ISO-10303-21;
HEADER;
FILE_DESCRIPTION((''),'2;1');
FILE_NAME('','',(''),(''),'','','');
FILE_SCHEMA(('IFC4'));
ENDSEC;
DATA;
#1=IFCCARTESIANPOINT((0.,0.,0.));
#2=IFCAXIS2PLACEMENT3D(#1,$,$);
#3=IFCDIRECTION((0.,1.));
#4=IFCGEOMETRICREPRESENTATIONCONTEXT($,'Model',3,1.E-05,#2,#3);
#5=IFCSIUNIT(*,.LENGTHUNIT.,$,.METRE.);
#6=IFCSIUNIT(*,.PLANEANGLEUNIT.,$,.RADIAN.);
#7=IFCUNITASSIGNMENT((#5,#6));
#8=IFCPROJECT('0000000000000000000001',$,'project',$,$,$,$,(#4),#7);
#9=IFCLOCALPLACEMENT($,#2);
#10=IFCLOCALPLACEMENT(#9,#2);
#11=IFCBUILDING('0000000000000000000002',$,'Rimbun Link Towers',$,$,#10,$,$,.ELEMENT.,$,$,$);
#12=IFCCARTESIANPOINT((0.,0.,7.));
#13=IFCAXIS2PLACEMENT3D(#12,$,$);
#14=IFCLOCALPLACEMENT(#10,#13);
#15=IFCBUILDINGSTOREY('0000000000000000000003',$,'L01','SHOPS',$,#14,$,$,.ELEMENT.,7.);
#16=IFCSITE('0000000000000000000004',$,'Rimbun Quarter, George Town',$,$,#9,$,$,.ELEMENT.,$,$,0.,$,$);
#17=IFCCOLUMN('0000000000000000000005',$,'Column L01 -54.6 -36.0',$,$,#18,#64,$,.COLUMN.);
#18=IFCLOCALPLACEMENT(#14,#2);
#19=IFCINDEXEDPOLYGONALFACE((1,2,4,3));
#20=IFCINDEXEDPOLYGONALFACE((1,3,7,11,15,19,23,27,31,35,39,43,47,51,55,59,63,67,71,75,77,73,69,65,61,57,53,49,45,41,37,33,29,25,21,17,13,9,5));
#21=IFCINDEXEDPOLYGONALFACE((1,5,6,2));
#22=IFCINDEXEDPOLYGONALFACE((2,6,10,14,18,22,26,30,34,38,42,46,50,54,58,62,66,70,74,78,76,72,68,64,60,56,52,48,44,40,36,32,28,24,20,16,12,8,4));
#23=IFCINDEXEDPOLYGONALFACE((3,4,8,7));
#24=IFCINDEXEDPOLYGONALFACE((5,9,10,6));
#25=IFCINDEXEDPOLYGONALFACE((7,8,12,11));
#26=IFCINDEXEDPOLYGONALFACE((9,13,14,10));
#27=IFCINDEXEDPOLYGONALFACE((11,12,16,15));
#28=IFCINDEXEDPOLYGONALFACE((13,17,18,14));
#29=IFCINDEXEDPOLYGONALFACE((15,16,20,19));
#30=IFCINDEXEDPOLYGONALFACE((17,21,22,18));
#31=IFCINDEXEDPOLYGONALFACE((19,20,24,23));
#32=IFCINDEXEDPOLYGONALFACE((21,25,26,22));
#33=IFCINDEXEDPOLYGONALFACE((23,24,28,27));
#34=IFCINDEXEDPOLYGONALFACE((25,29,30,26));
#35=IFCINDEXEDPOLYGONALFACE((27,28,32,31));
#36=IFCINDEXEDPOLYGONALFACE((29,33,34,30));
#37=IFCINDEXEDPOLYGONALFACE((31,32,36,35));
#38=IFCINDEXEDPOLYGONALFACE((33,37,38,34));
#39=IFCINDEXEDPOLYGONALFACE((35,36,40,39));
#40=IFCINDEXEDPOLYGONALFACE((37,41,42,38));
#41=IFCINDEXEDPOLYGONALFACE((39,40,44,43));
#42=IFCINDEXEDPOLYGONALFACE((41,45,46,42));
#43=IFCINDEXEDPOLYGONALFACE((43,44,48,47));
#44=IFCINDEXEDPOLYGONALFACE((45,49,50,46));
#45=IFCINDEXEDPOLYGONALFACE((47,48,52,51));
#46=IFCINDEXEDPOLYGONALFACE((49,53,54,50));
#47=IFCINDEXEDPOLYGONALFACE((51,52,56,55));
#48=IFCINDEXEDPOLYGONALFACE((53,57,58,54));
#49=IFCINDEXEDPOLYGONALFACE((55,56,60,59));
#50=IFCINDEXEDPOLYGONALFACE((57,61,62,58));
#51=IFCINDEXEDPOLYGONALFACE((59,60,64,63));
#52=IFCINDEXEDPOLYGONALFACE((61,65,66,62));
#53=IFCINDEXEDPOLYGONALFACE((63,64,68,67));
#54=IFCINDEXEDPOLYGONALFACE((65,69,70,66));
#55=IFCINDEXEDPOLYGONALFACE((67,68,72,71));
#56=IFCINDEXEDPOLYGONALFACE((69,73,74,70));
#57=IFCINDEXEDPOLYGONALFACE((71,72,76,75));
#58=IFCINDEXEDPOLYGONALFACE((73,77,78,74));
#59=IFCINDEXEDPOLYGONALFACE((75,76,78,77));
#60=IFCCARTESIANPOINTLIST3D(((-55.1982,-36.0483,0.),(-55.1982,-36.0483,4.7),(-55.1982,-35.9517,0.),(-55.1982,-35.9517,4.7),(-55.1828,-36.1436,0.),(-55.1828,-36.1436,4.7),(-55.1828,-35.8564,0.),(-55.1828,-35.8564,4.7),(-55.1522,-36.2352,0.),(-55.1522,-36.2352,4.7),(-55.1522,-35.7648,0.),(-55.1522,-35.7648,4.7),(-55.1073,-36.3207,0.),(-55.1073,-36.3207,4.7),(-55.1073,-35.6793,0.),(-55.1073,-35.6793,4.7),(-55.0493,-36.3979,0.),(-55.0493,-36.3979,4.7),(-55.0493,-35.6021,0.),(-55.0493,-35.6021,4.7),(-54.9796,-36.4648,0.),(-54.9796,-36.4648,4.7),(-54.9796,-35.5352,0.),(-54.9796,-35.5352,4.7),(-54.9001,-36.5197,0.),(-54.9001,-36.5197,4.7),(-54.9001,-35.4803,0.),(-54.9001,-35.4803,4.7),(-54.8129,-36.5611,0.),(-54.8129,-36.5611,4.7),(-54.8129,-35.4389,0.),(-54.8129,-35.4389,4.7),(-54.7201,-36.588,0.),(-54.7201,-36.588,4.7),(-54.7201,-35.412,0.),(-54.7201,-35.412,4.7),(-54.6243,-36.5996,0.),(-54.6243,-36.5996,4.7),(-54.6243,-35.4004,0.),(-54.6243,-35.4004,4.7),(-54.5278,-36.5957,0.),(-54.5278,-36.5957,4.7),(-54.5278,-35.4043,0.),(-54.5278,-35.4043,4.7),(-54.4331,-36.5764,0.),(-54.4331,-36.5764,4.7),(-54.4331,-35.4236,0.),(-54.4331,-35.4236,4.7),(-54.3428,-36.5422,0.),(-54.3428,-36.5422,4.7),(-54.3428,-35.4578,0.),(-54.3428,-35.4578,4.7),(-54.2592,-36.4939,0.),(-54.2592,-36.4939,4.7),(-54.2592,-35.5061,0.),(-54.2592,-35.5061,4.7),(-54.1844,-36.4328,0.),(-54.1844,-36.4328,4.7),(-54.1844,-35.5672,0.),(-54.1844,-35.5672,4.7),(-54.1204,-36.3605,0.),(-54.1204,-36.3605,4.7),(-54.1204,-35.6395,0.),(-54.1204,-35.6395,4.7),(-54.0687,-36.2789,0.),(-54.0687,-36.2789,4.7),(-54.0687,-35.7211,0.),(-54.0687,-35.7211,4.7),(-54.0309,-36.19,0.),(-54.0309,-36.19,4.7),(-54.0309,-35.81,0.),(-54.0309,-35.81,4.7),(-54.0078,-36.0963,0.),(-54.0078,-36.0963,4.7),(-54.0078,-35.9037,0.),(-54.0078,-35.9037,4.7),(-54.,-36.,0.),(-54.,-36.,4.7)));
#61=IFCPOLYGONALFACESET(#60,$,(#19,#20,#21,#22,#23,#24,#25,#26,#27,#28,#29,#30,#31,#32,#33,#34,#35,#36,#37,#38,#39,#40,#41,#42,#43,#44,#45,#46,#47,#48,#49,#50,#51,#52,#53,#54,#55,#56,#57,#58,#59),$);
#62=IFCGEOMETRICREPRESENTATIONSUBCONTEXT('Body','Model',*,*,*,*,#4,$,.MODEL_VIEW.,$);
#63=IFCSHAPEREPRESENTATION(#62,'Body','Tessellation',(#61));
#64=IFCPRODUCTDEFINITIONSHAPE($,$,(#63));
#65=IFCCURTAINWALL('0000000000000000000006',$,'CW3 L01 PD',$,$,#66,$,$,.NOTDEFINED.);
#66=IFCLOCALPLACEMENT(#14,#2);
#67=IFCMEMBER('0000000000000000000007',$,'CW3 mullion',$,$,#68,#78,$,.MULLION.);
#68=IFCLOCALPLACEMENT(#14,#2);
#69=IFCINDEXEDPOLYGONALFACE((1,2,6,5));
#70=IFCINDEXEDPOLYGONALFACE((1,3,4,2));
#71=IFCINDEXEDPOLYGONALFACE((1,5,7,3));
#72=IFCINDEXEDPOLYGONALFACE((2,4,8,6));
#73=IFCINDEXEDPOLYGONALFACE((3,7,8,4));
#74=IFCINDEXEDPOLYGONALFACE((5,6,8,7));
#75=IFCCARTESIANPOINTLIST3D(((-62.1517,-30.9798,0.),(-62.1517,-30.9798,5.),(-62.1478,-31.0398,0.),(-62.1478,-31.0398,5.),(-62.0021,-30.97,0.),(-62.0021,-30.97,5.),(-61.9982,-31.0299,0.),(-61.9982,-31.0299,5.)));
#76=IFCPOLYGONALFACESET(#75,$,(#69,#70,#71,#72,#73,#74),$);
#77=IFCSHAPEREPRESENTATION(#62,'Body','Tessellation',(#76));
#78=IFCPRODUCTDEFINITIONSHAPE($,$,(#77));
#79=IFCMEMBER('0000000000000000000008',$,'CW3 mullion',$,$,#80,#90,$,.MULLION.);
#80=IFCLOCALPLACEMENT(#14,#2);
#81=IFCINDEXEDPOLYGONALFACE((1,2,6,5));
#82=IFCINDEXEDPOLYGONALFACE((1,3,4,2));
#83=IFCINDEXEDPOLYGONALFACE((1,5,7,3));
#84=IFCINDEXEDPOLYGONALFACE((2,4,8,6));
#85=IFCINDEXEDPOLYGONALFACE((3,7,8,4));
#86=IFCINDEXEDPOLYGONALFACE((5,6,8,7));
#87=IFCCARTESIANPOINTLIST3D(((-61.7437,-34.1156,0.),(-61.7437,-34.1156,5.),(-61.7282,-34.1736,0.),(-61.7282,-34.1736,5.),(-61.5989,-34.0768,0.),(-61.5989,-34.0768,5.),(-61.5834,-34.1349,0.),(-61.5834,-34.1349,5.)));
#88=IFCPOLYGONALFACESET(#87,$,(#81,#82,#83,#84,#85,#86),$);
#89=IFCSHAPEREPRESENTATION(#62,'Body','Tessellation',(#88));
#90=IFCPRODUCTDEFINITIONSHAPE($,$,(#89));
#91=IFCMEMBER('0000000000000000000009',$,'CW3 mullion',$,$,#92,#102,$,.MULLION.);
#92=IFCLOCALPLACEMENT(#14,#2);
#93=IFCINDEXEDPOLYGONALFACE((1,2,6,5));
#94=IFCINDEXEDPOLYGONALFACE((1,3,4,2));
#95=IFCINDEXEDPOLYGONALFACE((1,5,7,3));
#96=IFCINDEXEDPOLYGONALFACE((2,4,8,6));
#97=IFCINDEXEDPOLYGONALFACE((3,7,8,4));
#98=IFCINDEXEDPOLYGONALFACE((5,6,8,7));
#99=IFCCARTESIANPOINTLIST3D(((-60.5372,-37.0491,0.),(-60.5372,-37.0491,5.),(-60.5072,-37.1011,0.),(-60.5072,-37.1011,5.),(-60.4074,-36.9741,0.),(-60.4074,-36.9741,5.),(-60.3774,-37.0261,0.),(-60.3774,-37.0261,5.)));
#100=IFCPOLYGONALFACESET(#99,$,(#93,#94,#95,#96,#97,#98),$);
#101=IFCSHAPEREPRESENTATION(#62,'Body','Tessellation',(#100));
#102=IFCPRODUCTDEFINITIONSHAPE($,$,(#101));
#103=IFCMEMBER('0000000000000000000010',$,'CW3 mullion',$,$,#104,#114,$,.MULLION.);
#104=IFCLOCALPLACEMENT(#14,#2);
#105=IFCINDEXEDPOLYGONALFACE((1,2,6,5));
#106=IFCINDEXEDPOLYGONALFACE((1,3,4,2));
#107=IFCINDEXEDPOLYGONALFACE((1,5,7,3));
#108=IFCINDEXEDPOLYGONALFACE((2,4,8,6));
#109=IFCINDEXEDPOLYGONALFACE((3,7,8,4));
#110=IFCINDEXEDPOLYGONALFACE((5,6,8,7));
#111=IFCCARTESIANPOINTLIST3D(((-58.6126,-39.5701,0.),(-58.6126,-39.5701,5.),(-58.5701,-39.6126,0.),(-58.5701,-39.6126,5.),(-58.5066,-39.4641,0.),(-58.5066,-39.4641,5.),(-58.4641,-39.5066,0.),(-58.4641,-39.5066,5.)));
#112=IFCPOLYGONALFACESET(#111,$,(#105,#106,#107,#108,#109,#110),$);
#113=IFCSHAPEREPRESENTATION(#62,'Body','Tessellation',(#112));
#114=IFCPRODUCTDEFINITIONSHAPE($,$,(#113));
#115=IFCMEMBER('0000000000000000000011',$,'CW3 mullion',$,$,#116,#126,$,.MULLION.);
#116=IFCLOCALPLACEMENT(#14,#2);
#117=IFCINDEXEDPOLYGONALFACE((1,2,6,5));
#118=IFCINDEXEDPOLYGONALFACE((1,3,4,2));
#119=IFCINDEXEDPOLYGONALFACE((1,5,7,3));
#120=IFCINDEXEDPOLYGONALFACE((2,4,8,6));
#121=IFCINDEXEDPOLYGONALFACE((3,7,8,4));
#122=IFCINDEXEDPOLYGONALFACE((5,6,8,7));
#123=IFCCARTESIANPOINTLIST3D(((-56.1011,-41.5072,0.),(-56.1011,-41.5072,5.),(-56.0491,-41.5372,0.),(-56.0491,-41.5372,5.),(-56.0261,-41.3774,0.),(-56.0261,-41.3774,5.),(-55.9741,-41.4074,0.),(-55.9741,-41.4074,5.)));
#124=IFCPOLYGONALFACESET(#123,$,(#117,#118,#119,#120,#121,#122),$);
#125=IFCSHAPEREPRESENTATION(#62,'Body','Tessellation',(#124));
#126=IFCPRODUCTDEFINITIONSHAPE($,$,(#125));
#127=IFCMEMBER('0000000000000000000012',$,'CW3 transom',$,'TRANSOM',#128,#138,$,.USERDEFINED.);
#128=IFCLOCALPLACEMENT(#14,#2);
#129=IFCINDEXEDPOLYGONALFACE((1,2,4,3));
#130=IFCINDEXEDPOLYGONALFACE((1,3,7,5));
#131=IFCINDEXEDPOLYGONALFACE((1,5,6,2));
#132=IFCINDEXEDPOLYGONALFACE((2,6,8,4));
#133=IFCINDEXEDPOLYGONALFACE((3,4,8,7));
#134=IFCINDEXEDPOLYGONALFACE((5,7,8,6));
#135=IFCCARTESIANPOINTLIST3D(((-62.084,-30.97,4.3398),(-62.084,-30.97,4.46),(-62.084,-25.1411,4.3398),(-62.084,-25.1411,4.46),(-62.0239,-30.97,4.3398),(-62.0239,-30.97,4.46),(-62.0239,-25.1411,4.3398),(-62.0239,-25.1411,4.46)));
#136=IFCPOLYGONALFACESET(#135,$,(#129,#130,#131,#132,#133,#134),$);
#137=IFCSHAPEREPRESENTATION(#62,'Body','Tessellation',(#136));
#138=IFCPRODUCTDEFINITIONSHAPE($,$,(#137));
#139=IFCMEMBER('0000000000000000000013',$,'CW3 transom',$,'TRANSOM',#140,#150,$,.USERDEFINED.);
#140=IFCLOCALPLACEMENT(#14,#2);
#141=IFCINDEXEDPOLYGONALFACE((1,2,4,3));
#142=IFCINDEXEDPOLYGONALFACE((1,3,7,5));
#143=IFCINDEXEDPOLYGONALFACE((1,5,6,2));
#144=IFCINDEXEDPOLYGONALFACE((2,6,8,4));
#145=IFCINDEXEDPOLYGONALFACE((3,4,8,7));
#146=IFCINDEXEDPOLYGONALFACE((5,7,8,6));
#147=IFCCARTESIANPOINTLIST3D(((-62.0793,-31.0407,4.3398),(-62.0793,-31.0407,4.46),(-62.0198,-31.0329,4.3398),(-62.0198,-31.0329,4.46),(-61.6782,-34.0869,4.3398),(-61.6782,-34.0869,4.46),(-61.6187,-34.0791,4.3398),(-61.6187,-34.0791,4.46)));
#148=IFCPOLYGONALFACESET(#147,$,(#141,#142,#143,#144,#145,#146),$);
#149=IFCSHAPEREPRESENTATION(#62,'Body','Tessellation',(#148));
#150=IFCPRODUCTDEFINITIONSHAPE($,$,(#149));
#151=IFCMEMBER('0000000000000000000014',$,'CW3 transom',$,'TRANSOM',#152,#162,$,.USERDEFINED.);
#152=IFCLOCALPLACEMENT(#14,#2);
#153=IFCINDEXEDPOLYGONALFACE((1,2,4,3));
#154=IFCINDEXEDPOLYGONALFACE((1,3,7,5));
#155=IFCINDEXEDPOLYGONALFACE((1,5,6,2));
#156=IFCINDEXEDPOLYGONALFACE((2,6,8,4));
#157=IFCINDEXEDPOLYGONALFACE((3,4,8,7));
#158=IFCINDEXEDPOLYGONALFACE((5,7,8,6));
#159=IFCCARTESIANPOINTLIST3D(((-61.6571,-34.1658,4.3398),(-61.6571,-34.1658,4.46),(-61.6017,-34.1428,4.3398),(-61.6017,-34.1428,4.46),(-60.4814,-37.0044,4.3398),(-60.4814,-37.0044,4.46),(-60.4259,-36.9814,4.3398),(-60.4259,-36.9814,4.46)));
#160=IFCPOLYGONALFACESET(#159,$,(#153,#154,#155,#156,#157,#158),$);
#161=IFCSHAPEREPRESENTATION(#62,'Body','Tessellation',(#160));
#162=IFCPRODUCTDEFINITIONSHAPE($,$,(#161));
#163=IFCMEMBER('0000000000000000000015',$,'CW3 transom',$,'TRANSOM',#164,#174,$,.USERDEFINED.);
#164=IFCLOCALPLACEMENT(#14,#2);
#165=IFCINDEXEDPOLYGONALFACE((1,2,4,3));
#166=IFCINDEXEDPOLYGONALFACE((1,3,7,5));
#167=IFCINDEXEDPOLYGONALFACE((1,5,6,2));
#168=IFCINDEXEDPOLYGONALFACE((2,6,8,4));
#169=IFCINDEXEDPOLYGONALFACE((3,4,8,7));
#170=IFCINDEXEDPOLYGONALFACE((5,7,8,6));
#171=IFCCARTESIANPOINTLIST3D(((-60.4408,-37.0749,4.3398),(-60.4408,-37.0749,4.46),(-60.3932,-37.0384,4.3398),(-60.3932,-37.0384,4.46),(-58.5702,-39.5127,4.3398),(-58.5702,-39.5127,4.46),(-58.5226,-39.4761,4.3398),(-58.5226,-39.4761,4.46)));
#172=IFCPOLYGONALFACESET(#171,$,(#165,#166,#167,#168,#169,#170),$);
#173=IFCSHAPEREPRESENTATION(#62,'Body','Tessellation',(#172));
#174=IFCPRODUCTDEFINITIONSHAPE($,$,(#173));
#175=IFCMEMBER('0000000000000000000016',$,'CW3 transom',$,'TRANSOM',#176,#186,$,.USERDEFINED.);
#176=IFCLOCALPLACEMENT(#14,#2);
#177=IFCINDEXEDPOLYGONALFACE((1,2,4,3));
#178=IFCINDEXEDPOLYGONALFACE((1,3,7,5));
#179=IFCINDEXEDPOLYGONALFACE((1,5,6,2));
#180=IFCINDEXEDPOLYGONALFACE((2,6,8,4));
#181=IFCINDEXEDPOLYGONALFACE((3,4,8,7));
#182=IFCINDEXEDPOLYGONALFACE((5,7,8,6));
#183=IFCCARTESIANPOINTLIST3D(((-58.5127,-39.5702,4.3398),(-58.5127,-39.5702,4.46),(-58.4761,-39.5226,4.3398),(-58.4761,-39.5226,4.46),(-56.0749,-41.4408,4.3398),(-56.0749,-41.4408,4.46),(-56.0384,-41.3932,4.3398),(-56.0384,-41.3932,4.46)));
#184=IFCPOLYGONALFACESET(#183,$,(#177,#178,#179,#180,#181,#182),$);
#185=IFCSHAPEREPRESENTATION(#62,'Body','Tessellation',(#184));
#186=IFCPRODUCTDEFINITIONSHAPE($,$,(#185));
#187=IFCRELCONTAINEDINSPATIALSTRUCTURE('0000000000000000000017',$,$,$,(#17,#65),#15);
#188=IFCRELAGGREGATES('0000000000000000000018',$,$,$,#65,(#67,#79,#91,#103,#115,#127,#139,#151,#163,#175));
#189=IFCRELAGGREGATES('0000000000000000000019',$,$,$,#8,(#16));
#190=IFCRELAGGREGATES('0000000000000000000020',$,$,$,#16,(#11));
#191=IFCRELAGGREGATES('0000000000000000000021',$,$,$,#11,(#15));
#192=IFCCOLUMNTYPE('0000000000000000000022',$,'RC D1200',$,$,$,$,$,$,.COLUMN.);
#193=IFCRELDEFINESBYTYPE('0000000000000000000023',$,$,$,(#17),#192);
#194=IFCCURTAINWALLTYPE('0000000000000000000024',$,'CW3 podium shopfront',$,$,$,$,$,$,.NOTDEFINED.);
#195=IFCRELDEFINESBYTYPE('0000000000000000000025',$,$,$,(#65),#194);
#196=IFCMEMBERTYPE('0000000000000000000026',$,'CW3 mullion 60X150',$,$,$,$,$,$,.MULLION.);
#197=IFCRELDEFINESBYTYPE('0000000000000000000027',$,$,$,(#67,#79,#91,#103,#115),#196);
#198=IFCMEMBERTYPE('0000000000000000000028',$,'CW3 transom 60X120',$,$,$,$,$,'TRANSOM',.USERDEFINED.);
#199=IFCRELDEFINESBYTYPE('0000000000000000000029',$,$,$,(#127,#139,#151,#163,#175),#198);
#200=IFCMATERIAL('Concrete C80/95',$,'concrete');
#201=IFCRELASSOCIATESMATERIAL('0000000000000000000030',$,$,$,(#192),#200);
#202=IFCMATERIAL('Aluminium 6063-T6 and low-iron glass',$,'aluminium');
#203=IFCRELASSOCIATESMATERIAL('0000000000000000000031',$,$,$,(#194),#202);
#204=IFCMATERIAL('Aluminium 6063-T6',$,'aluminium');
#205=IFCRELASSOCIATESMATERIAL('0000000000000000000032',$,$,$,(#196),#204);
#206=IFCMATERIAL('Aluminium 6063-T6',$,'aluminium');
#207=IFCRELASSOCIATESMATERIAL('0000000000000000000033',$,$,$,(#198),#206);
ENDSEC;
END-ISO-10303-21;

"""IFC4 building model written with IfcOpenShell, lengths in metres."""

from ifc_helpers import new_model, si_unit, direction, frame, origin, origin_2d, place, context, subcontext, project, spatial, rectangle, circle, extrude, material, material_profile, profile_set, type_object, element, aggregate, save


model = new_model("IFC4")

# Units and contexts
model_context = context("Model", 3, precision=1e-05, world=origin(), true_north=direction((0.0, 1.0)))
body_context = subcontext(model_context, "Body", "Model", "MODEL_VIEW")
ifc_project = project(units=[si_unit("LENGTHUNIT", "METRE"), si_unit("PLANEANGLEUNIT", "RADIAN")], contexts=[model_context])

# Site, building, storey
site_placement = place(None, origin())
site = spatial("IfcSite", under=ifc_project, at=site_placement, Name="Rimbun Quarter, George Town", CompositionType="ELEMENT", RefElevation=0.0)
building_placement = place(site_placement, origin())
building = spatial("IfcBuilding", under=site, at=building_placement, Name="Rimbun Link Towers", CompositionType="ELEMENT")
storey_placement = place(building_placement, frame((0.0, 0.0, 7.0)))
storey = spatial("IfcBuildingStorey", under=building, at=storey_placement, Name="L01", Description="SHOPS", CompositionType="ELEMENT", Elevation=7.0)

# Column
ifc_material_1 = material(Name="Concrete C80/95", Category="concrete")
ifc_material_profile_1 = material_profile(ifc_material_1, circle(Radius=0.6001, at=origin_2d()), Name="RC D1200")
ifc_profile_set_1 = profile_set([ifc_material_profile_1], Name="Concrete C80/95")
column_type = type_object("IfcColumnType", Name="RC D1200", PredefinedType="COLUMN", material=ifc_profile_set_1)
column_placement = place(storey_placement, frame((-54.6001, -36.0, 0.0), z_axis=(0.0, 0.0, 1.0), x_axis=(1.0, 0.0, 0.0)))
element("IfcColumn", 1, at=column_placement, inside=storey, type_object=column_type, Name="Column L01 -54.6 -36.0", PredefinedType="COLUMN", context=body_context, shape_type="SweptSolid", body=[
    extrude(circle(Radius=0.6001, at=origin_2d()), origin(), (0.0, 0.0, 1.0), 4.7),
])

# Curtain wall, members
ifc_material_2 = material(Name="Aluminium 6063-T6 and low-iron glass", Category="aluminium")
curtain_wall_type = type_object("IfcCurtainWallType", Name="CW3 podium shopfront", PredefinedType="NOTDEFINED", material=ifc_material_2)
curtain_wall_placement = place(storey_placement, origin())
curtain_wall = element("IfcCurtainWall", 2, at=curtain_wall_placement, inside=storey, type_object=curtain_wall_type, Name="CW3 L01 PD", PredefinedType="NOTDEFINED")
ifc_material_3 = material(Name="Aluminium 6063-T6", Category="aluminium")
ifc_material_profile_2 = material_profile(ifc_material_3, rectangle(XDim=0.1499, YDim=0.0601, at=origin_2d()), Name="MULLION 60X150")
ifc_profile_set_2 = profile_set([ifc_material_profile_2], Name="Aluminium 6063-T6")
member_type_1 = type_object("IfcMemberType", Name="CW3 mullion 60X150", PredefinedType="MULLION", material=ifc_profile_set_2)
member_1_placement = place(storey_placement, frame((-62.075, -31.0049, 0.0), z_axis=(0.0, 0.0, 1.0), x_axis=(-0.997859, -0.065405, 0.0)))
member_1 = element("IfcMember", 3, at=member_1_placement, type_object=member_type_1, Name="CW3 mullion", PredefinedType="MULLION", context=body_context, shape_type="SweptSolid", body=[
    extrude(rectangle(XDim=0.1499, YDim=0.0601, at=origin_2d()), origin(), (0.0, 0.0, 1.0), 5.0),
])
member_2_placement = place(storey_placement, frame((-61.6636, -34.1252, 0.0), z_axis=(0.0, 0.0, 1.0), x_axis=(-0.965926, -0.258819, 0.0)))
member_2 = element("IfcMember", 4, at=member_2_placement, type_object=member_type_1, Name="CW3 mullion", PredefinedType="MULLION", context=body_context, shape_type="SweptSolid", body=[
    extrude(rectangle(XDim=0.1499, YDim=0.0601, at=origin_2d()), origin(), (0.0, 0.0, 1.0), 5.0),
])
member_3_placement = place(storey_placement, frame((-60.4573, -37.0376, 0.0), z_axis=(0.0, 0.0, 1.0), x_axis=(-0.866029, -0.499994, 0.0)))
member_3 = element("IfcMember", 5, at=member_3_placement, type_object=member_type_1, Name="CW3 mullion", PredefinedType="MULLION", context=body_context, shape_type="SweptSolid", body=[
    extrude(rectangle(XDim=0.1499, YDim=0.0601, at=origin_2d()), origin(), (0.0, 0.0, 1.0), 5.0),
])
member_4_placement = place(storey_placement, frame((-58.5383, -39.5383, 0.0), z_axis=(0.0, 0.0, 1.0), x_axis=(-0.707107, -0.707107, 0.0)))
member_4 = element("IfcMember", 6, at=member_4_placement, type_object=member_type_1, Name="CW3 mullion", PredefinedType="MULLION", context=body_context, shape_type="SweptSolid", body=[
    extrude(rectangle(XDim=0.1499, YDim=0.0601, at=origin_2d()), origin(), (0.0, 0.0, 1.0), 5.0),
])
member_5_placement = place(storey_placement, frame((-56.0376, -41.4573, 0.0), z_axis=(0.0, 0.0, 1.0), x_axis=(-0.499994, -0.866029, 0.0)))
member_5 = element("IfcMember", 7, at=member_5_placement, type_object=member_type_1, Name="CW3 mullion", PredefinedType="MULLION", context=body_context, shape_type="SweptSolid", body=[
    extrude(rectangle(XDim=0.1499, YDim=0.0601, at=origin_2d()), origin(), (0.0, 0.0, 1.0), 5.0),
])
ifc_material_4 = material(Name="Aluminium 6063-T6", Category="aluminium")
ifc_material_profile_3 = material_profile(ifc_material_4, rectangle(XDim=0.0601, YDim=0.1201, at=origin_2d()), Name="TRANSOM 60X120")
ifc_profile_set_3 = profile_set([ifc_material_profile_3], Name="Aluminium 6063-T6")
member_type_2 = type_object("IfcMemberType", Name="CW3 transom 60X120", ElementType="TRANSOM", PredefinedType="USERDEFINED", material=ifc_profile_set_3)
member_6_placement = place(storey_placement, frame((-62.054, -30.97, 4.3999), z_axis=(0.0, 1.0, 0.0), x_axis=(-1.0, 0.0, 0.0)))
member_6 = element("IfcMember", 8, at=member_6_placement, type_object=member_type_2, Name="CW3 transom", ObjectType="TRANSOM", PredefinedType="USERDEFINED", context=body_context, shape_type="SweptSolid", body=[
    extrude(rectangle(XDim=0.0601, YDim=0.1201, at=origin_2d()), origin(), (0.0, 0.0, 1.0), 5.8289),
])
member_7_placement = place(storey_placement, frame((-61.6484, -34.083, 4.3999), z_axis=(-0.130555, 0.991441, 0.0), x_axis=(-0.991441, -0.130555, 0.0)))
member_7 = element("IfcMember", 9, at=member_7_placement, type_object=member_type_2, Name="CW3 transom", ObjectType="TRANSOM", PredefinedType="USERDEFINED", context=body_context, shape_type="SweptSolid", body=[
    extrude(rectangle(XDim=0.0601, YDim=0.1201, at=origin_2d()), origin(), (0.0, 0.0, 1.0), 3.0725),
])
member_8_placement = place(storey_placement, frame((-60.4536, -36.9929, 4.3999), z_axis=(-0.382679, 0.923881, 0.0), x_axis=(-0.923881, -0.382679, 0.0)))
member_8 = element("IfcMember", 10, at=member_8_placement, type_object=member_type_2, Name="CW3 transom", ObjectType="TRANSOM", PredefinedType="USERDEFINED", context=body_context, shape_type="SweptSolid", body=[
    extrude(rectangle(XDim=0.0601, YDim=0.1201, at=origin_2d()), origin(), (0.0, 0.0, 1.0), 3.0725),
])
member_9_placement = place(storey_placement, frame((-58.5464, -39.4944, 4.3999), z_axis=(-0.608773, 0.793344, 0.0), x_axis=(-0.793344, -0.608773, 0.0)))
member_9 = element("IfcMember", 11, at=member_9_placement, type_object=member_type_2, Name="CW3 transom", ObjectType="TRANSOM", PredefinedType="USERDEFINED", context=body_context, shape_type="SweptSolid", body=[
    extrude(rectangle(XDim=0.0601, YDim=0.1201, at=origin_2d()), origin(), (0.0, 0.0, 1.0), 3.0728),
])
member_10_placement = place(storey_placement, frame((-56.0566, -41.417, 4.3999), z_axis=(-0.793344, 0.608773, 0.0), x_axis=(-0.608773, -0.793344, 0.0)))
member_10 = element("IfcMember", 12, at=member_10_placement, type_object=member_type_2, Name="CW3 transom", ObjectType="TRANSOM", PredefinedType="USERDEFINED", context=body_context, shape_type="SweptSolid", body=[
    extrude(rectangle(XDim=0.0601, YDim=0.1201, at=origin_2d()), origin(), (0.0, 0.0, 1.0), 3.0728),
])

aggregate(curtain_wall, [member_1, member_2, member_3, member_4, member_5, member_6, member_7, member_8, member_9, member_10])

save(model, "model.ifc")
